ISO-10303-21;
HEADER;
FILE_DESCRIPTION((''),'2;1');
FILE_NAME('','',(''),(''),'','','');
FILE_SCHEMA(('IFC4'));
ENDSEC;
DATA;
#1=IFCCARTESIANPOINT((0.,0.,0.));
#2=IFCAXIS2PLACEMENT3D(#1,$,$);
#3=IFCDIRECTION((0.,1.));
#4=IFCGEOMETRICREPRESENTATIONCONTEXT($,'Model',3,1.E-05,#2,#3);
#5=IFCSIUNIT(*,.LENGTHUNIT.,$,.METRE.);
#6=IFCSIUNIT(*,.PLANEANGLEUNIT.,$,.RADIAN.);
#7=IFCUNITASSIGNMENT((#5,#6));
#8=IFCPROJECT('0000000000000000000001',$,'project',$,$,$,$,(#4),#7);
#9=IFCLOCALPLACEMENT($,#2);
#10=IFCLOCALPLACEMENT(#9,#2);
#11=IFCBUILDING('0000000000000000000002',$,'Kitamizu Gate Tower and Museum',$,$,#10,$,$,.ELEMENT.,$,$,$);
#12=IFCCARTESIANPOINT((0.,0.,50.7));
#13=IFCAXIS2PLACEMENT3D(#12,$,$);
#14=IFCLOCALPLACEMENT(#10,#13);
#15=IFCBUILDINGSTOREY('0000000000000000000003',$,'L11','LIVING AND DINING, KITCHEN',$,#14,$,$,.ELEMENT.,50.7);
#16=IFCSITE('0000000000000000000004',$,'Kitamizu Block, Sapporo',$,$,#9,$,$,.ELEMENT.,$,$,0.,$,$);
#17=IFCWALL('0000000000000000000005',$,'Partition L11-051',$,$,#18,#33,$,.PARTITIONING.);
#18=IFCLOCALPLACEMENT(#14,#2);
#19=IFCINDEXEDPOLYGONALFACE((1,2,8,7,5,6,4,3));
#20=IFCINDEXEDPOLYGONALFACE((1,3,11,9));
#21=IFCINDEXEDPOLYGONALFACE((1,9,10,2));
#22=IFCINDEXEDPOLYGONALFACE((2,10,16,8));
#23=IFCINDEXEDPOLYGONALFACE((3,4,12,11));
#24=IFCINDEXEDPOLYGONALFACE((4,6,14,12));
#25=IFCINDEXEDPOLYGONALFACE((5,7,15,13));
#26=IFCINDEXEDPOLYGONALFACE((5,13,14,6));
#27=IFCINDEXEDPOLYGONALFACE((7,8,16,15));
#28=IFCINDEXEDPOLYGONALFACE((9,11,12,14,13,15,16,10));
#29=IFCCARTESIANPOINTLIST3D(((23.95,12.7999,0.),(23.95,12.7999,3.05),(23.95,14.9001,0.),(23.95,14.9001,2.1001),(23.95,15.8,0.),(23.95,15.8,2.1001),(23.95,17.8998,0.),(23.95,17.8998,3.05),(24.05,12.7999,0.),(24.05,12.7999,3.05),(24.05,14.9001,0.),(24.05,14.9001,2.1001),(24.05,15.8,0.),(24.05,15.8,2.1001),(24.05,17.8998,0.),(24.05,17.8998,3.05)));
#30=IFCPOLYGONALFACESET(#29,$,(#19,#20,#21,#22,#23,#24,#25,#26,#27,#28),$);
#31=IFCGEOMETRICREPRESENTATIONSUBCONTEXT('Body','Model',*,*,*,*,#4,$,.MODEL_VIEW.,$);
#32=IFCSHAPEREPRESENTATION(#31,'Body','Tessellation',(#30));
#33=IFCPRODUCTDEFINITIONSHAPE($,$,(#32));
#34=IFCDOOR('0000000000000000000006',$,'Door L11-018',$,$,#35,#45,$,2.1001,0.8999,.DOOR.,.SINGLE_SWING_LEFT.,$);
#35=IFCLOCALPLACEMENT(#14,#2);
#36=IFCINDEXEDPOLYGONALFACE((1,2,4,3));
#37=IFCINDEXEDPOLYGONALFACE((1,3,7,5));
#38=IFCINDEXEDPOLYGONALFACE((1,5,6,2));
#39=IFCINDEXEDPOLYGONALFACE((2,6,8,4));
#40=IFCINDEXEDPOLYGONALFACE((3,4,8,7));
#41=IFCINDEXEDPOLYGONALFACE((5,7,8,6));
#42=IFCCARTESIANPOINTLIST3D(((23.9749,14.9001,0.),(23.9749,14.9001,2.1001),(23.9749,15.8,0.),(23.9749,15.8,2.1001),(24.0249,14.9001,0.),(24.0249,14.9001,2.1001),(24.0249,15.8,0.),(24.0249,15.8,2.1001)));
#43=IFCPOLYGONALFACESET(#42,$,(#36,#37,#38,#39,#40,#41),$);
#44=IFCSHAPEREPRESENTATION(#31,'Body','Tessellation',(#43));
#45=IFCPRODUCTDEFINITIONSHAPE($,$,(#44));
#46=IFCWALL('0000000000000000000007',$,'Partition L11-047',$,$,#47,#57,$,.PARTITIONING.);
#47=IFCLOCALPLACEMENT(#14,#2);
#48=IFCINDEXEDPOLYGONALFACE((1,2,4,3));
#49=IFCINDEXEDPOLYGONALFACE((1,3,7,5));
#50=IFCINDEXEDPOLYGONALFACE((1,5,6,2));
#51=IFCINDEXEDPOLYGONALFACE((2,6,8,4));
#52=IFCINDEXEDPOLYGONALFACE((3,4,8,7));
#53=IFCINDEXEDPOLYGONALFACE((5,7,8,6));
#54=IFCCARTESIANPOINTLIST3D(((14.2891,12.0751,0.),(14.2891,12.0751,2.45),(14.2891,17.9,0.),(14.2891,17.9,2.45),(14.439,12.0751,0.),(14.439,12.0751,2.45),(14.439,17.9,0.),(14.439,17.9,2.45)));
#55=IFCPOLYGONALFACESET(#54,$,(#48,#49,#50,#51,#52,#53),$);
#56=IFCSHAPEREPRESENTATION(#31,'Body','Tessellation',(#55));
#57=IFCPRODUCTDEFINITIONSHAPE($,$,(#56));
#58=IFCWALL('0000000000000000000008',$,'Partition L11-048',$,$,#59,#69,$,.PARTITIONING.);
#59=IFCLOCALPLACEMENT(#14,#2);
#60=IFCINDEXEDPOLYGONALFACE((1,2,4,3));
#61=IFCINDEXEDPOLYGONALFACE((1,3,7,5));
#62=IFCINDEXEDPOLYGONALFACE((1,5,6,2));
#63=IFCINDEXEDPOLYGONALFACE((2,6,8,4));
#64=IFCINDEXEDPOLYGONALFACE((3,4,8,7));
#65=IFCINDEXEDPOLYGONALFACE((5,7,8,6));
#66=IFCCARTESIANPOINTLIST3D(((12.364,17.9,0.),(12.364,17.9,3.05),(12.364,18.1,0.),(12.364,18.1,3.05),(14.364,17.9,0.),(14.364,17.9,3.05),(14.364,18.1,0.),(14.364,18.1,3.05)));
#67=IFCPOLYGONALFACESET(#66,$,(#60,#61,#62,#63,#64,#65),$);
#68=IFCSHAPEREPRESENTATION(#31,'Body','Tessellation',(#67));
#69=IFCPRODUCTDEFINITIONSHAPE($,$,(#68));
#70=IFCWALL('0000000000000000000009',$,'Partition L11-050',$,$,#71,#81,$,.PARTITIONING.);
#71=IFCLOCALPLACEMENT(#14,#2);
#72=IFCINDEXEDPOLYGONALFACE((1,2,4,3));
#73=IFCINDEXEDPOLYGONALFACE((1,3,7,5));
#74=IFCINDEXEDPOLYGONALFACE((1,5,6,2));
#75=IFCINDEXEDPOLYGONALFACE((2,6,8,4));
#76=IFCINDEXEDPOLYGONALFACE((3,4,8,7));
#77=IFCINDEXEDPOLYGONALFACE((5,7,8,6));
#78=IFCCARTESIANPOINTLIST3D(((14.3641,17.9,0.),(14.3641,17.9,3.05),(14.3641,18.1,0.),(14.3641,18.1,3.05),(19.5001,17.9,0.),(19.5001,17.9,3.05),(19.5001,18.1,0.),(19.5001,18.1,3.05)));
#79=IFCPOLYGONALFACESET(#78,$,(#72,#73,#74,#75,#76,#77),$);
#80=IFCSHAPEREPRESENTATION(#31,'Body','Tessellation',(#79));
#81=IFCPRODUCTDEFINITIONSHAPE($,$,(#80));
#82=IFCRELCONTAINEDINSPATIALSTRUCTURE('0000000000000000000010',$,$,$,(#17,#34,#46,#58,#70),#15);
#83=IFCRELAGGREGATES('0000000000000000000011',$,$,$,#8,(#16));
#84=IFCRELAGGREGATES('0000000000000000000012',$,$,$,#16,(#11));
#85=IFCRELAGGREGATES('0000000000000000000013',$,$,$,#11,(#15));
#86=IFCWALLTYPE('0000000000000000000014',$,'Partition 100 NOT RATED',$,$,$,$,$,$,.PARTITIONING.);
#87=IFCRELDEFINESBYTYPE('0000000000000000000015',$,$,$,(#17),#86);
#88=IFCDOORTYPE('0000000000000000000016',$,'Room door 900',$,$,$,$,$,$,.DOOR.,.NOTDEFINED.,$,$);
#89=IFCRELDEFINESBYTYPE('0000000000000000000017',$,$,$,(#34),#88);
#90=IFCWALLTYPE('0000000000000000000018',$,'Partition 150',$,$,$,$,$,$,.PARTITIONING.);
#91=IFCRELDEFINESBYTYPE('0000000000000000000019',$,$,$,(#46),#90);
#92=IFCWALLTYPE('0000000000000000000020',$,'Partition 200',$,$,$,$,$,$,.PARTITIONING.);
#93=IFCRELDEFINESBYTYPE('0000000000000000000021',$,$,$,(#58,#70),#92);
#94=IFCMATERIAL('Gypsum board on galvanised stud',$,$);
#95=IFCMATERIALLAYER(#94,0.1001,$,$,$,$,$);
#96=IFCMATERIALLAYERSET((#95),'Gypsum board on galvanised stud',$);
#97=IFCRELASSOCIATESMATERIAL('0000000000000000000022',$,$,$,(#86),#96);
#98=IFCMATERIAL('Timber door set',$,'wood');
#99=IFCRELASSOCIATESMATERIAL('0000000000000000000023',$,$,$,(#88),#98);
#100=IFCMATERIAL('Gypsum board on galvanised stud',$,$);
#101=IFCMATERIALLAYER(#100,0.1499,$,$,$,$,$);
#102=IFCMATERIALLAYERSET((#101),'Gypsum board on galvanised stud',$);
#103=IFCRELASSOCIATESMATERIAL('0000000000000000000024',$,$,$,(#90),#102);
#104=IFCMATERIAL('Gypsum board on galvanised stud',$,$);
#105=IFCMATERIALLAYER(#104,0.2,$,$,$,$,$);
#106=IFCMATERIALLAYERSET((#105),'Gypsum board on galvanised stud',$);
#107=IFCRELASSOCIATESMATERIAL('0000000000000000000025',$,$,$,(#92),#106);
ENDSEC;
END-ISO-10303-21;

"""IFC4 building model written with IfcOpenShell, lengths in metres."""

from ifc_helpers import new_model, si_unit, direction, frame, frame_2d, origin, place, context, subcontext, project, spatial, rectangle, extrude, material, layer, layer_set, type_object, element, fill, save


model = new_model("IFC4")

# Units and contexts
model_context = context("Model", 3, precision=1e-05, world=origin(), true_north=direction((0.0, 1.0)))
body_context = subcontext(model_context, "Body", "Model", "MODEL_VIEW")
ifc_project = project(units=[si_unit("LENGTHUNIT", "METRE"), si_unit("PLANEANGLEUNIT", "RADIAN")], contexts=[model_context])

# Site, building, storey
site_placement = place(None, origin())
site = spatial("IfcSite", under=ifc_project, at=site_placement, Name="Kitamizu Block, Sapporo", CompositionType="ELEMENT", RefElevation=0.0)
building_placement = place(site_placement, origin())
building = spatial("IfcBuilding", under=site, at=building_placement, Name="Kitamizu Gate Tower and Museum", CompositionType="ELEMENT")
storey_placement = place(building_placement, frame((0.0, 0.0, 50.7)))
storey = spatial("IfcBuildingStorey", under=building, at=storey_placement, Name="L11", Description="LIVING AND DINING, KITCHEN", CompositionType="ELEMENT", Elevation=50.7)

# Wall, opening, door
ifc_material_1 = material(Name="Gypsum board on galvanised stud")
ifc_layer_1 = layer(ifc_material_1, 0.1001)
ifc_layer_set_1 = layer_set([ifc_layer_1], Name="Gypsum board on galvanised stud")
wall_type_1 = type_object("IfcWallType", Name="Partition 100 NOT RATED", PredefinedType="PARTITIONING", material=ifc_layer_set_1)
ifc_material_2 = material(Name="Timber door set", Category="wood")
door_type_1 = type_object("IfcDoorType", Name="Room door 900", OperationType="NOTDEFINED", PredefinedType="DOOR", material=ifc_material_2)
wall_1_placement = place(storey_placement, frame((24.0, 12.8, 0.0), z_axis=(0.0, 0.0, 1.0), x_axis=(0.0, 1.0, 0.0)))
wall_1 = element("IfcWall", 1, at=wall_1_placement, inside=storey, type_object=wall_type_1, Name="Partition L11-051", PredefinedType="PARTITIONING", context=body_context, shape_type="SweptSolid", body=[
    extrude(rectangle(XDim=5.0999, YDim=0.1001, at=frame_2d((2.5498, 0.0))), origin(), (0.0, 0.0, 1.0), 3.05),
])
opening_1_placement = place(wall_1_placement, frame((2.1001, 0.0, 0.0)))
opening_1 = element("IfcOpeningElement", 2, at=opening_1_placement, cuts=wall_1, PredefinedType="OPENING", context=body_context, shape_type="SweptSolid", body=[
    extrude(rectangle(XDim=0.8999, YDim=2.1001, at=frame_2d((0.45, 1.05))), frame((0.0, 0.0601, 0.0), z_axis=(0.0, -1.0, 0.0), x_axis=(1.0, 0.0, 0.0)), (0.0, 0.0, 1.0), 0.1201),
])
door_1_placement = place(opening_1_placement, frame((0.8999, 0.0, 0.0), x_axis=(-1.0, 0.0, 0.0)))
door_1 = element("IfcDoor", 3, at=door_1_placement, inside=storey, type_object=door_type_1, Name="Door L11-018", OperationType="SINGLE_SWING_LEFT", OverallHeight=2.1001, OverallWidth=0.8999, PredefinedType="DOOR", context=body_context, shape_type="SweptSolid", body=[
    extrude(rectangle(XDim=0.8999, YDim=2.1001, at=frame_2d((0.45, 1.05))), frame((0.0, 0.0249, 0.0), z_axis=(0.0, -1.0, 0.0), x_axis=(1.0, 0.0, 0.0)), (0.0, 0.0, 1.0), 0.05),
])
fill(opening_1, door_1)

# Walls
ifc_material_3 = material(Name="Gypsum board on galvanised stud")
ifc_layer_2 = layer(ifc_material_3, 0.1499)
ifc_layer_set_2 = layer_set([ifc_layer_2], Name="Gypsum board on galvanised stud")
wall_type_2 = type_object("IfcWallType", Name="Partition 150", PredefinedType="PARTITIONING", material=ifc_layer_set_2)
wall_2_placement = place(storey_placement, frame((14.364, 12.075, 0.0), z_axis=(0.0, 0.0, 1.0), x_axis=(0.0, 1.0, 0.0)))
element("IfcWall", 4, at=wall_2_placement, inside=storey, type_object=wall_type_2, Name="Partition L11-047", PredefinedType="PARTITIONING", context=body_context, shape_type="SweptSolid", body=[
    extrude(rectangle(XDim=5.825, YDim=0.1499, at=frame_2d((2.9126, 0.0))), origin(), (0.0, 0.0, 1.0), 2.45),
])
ifc_material_4 = material(Name="Gypsum board on galvanised stud")
ifc_layer_3 = layer(ifc_material_4, 0.2)
ifc_layer_set_3 = layer_set([ifc_layer_3], Name="Gypsum board on galvanised stud")
wall_type_3 = type_object("IfcWallType", Name="Partition 200", PredefinedType="PARTITIONING", material=ifc_layer_set_3)
wall_3_placement = place(storey_placement, frame((14.364, 18.0, 0.0), z_axis=(0.0, 0.0, 1.0), x_axis=(-1.0, 0.0, 0.0)))
element("IfcWall", 5, at=wall_3_placement, inside=storey, type_object=wall_type_3, Name="Partition L11-048", PredefinedType="PARTITIONING", context=body_context, shape_type="SweptSolid", body=[
    extrude(rectangle(XDim=2.0, YDim=0.2, at=frame_2d((1.0, 0.0))), origin(), (0.0, 0.0, 1.0), 3.05),
])
wall_4_placement = place(storey_placement, frame((19.5, 18.0, 0.0), z_axis=(0.0, 0.0, 1.0), x_axis=(-1.0, 0.0, 0.0)))
element("IfcWall", 6, at=wall_4_placement, inside=storey, type_object=wall_type_3, Name="Partition L11-050", PredefinedType="PARTITIONING", context=body_context, shape_type="SweptSolid", body=[
    extrude(rectangle(XDim=5.136, YDim=0.2, at=frame_2d((2.5679, 0.0))), origin(), (0.0, 0.0, 1.0), 3.05),
])

save(model, "model.ifc")
